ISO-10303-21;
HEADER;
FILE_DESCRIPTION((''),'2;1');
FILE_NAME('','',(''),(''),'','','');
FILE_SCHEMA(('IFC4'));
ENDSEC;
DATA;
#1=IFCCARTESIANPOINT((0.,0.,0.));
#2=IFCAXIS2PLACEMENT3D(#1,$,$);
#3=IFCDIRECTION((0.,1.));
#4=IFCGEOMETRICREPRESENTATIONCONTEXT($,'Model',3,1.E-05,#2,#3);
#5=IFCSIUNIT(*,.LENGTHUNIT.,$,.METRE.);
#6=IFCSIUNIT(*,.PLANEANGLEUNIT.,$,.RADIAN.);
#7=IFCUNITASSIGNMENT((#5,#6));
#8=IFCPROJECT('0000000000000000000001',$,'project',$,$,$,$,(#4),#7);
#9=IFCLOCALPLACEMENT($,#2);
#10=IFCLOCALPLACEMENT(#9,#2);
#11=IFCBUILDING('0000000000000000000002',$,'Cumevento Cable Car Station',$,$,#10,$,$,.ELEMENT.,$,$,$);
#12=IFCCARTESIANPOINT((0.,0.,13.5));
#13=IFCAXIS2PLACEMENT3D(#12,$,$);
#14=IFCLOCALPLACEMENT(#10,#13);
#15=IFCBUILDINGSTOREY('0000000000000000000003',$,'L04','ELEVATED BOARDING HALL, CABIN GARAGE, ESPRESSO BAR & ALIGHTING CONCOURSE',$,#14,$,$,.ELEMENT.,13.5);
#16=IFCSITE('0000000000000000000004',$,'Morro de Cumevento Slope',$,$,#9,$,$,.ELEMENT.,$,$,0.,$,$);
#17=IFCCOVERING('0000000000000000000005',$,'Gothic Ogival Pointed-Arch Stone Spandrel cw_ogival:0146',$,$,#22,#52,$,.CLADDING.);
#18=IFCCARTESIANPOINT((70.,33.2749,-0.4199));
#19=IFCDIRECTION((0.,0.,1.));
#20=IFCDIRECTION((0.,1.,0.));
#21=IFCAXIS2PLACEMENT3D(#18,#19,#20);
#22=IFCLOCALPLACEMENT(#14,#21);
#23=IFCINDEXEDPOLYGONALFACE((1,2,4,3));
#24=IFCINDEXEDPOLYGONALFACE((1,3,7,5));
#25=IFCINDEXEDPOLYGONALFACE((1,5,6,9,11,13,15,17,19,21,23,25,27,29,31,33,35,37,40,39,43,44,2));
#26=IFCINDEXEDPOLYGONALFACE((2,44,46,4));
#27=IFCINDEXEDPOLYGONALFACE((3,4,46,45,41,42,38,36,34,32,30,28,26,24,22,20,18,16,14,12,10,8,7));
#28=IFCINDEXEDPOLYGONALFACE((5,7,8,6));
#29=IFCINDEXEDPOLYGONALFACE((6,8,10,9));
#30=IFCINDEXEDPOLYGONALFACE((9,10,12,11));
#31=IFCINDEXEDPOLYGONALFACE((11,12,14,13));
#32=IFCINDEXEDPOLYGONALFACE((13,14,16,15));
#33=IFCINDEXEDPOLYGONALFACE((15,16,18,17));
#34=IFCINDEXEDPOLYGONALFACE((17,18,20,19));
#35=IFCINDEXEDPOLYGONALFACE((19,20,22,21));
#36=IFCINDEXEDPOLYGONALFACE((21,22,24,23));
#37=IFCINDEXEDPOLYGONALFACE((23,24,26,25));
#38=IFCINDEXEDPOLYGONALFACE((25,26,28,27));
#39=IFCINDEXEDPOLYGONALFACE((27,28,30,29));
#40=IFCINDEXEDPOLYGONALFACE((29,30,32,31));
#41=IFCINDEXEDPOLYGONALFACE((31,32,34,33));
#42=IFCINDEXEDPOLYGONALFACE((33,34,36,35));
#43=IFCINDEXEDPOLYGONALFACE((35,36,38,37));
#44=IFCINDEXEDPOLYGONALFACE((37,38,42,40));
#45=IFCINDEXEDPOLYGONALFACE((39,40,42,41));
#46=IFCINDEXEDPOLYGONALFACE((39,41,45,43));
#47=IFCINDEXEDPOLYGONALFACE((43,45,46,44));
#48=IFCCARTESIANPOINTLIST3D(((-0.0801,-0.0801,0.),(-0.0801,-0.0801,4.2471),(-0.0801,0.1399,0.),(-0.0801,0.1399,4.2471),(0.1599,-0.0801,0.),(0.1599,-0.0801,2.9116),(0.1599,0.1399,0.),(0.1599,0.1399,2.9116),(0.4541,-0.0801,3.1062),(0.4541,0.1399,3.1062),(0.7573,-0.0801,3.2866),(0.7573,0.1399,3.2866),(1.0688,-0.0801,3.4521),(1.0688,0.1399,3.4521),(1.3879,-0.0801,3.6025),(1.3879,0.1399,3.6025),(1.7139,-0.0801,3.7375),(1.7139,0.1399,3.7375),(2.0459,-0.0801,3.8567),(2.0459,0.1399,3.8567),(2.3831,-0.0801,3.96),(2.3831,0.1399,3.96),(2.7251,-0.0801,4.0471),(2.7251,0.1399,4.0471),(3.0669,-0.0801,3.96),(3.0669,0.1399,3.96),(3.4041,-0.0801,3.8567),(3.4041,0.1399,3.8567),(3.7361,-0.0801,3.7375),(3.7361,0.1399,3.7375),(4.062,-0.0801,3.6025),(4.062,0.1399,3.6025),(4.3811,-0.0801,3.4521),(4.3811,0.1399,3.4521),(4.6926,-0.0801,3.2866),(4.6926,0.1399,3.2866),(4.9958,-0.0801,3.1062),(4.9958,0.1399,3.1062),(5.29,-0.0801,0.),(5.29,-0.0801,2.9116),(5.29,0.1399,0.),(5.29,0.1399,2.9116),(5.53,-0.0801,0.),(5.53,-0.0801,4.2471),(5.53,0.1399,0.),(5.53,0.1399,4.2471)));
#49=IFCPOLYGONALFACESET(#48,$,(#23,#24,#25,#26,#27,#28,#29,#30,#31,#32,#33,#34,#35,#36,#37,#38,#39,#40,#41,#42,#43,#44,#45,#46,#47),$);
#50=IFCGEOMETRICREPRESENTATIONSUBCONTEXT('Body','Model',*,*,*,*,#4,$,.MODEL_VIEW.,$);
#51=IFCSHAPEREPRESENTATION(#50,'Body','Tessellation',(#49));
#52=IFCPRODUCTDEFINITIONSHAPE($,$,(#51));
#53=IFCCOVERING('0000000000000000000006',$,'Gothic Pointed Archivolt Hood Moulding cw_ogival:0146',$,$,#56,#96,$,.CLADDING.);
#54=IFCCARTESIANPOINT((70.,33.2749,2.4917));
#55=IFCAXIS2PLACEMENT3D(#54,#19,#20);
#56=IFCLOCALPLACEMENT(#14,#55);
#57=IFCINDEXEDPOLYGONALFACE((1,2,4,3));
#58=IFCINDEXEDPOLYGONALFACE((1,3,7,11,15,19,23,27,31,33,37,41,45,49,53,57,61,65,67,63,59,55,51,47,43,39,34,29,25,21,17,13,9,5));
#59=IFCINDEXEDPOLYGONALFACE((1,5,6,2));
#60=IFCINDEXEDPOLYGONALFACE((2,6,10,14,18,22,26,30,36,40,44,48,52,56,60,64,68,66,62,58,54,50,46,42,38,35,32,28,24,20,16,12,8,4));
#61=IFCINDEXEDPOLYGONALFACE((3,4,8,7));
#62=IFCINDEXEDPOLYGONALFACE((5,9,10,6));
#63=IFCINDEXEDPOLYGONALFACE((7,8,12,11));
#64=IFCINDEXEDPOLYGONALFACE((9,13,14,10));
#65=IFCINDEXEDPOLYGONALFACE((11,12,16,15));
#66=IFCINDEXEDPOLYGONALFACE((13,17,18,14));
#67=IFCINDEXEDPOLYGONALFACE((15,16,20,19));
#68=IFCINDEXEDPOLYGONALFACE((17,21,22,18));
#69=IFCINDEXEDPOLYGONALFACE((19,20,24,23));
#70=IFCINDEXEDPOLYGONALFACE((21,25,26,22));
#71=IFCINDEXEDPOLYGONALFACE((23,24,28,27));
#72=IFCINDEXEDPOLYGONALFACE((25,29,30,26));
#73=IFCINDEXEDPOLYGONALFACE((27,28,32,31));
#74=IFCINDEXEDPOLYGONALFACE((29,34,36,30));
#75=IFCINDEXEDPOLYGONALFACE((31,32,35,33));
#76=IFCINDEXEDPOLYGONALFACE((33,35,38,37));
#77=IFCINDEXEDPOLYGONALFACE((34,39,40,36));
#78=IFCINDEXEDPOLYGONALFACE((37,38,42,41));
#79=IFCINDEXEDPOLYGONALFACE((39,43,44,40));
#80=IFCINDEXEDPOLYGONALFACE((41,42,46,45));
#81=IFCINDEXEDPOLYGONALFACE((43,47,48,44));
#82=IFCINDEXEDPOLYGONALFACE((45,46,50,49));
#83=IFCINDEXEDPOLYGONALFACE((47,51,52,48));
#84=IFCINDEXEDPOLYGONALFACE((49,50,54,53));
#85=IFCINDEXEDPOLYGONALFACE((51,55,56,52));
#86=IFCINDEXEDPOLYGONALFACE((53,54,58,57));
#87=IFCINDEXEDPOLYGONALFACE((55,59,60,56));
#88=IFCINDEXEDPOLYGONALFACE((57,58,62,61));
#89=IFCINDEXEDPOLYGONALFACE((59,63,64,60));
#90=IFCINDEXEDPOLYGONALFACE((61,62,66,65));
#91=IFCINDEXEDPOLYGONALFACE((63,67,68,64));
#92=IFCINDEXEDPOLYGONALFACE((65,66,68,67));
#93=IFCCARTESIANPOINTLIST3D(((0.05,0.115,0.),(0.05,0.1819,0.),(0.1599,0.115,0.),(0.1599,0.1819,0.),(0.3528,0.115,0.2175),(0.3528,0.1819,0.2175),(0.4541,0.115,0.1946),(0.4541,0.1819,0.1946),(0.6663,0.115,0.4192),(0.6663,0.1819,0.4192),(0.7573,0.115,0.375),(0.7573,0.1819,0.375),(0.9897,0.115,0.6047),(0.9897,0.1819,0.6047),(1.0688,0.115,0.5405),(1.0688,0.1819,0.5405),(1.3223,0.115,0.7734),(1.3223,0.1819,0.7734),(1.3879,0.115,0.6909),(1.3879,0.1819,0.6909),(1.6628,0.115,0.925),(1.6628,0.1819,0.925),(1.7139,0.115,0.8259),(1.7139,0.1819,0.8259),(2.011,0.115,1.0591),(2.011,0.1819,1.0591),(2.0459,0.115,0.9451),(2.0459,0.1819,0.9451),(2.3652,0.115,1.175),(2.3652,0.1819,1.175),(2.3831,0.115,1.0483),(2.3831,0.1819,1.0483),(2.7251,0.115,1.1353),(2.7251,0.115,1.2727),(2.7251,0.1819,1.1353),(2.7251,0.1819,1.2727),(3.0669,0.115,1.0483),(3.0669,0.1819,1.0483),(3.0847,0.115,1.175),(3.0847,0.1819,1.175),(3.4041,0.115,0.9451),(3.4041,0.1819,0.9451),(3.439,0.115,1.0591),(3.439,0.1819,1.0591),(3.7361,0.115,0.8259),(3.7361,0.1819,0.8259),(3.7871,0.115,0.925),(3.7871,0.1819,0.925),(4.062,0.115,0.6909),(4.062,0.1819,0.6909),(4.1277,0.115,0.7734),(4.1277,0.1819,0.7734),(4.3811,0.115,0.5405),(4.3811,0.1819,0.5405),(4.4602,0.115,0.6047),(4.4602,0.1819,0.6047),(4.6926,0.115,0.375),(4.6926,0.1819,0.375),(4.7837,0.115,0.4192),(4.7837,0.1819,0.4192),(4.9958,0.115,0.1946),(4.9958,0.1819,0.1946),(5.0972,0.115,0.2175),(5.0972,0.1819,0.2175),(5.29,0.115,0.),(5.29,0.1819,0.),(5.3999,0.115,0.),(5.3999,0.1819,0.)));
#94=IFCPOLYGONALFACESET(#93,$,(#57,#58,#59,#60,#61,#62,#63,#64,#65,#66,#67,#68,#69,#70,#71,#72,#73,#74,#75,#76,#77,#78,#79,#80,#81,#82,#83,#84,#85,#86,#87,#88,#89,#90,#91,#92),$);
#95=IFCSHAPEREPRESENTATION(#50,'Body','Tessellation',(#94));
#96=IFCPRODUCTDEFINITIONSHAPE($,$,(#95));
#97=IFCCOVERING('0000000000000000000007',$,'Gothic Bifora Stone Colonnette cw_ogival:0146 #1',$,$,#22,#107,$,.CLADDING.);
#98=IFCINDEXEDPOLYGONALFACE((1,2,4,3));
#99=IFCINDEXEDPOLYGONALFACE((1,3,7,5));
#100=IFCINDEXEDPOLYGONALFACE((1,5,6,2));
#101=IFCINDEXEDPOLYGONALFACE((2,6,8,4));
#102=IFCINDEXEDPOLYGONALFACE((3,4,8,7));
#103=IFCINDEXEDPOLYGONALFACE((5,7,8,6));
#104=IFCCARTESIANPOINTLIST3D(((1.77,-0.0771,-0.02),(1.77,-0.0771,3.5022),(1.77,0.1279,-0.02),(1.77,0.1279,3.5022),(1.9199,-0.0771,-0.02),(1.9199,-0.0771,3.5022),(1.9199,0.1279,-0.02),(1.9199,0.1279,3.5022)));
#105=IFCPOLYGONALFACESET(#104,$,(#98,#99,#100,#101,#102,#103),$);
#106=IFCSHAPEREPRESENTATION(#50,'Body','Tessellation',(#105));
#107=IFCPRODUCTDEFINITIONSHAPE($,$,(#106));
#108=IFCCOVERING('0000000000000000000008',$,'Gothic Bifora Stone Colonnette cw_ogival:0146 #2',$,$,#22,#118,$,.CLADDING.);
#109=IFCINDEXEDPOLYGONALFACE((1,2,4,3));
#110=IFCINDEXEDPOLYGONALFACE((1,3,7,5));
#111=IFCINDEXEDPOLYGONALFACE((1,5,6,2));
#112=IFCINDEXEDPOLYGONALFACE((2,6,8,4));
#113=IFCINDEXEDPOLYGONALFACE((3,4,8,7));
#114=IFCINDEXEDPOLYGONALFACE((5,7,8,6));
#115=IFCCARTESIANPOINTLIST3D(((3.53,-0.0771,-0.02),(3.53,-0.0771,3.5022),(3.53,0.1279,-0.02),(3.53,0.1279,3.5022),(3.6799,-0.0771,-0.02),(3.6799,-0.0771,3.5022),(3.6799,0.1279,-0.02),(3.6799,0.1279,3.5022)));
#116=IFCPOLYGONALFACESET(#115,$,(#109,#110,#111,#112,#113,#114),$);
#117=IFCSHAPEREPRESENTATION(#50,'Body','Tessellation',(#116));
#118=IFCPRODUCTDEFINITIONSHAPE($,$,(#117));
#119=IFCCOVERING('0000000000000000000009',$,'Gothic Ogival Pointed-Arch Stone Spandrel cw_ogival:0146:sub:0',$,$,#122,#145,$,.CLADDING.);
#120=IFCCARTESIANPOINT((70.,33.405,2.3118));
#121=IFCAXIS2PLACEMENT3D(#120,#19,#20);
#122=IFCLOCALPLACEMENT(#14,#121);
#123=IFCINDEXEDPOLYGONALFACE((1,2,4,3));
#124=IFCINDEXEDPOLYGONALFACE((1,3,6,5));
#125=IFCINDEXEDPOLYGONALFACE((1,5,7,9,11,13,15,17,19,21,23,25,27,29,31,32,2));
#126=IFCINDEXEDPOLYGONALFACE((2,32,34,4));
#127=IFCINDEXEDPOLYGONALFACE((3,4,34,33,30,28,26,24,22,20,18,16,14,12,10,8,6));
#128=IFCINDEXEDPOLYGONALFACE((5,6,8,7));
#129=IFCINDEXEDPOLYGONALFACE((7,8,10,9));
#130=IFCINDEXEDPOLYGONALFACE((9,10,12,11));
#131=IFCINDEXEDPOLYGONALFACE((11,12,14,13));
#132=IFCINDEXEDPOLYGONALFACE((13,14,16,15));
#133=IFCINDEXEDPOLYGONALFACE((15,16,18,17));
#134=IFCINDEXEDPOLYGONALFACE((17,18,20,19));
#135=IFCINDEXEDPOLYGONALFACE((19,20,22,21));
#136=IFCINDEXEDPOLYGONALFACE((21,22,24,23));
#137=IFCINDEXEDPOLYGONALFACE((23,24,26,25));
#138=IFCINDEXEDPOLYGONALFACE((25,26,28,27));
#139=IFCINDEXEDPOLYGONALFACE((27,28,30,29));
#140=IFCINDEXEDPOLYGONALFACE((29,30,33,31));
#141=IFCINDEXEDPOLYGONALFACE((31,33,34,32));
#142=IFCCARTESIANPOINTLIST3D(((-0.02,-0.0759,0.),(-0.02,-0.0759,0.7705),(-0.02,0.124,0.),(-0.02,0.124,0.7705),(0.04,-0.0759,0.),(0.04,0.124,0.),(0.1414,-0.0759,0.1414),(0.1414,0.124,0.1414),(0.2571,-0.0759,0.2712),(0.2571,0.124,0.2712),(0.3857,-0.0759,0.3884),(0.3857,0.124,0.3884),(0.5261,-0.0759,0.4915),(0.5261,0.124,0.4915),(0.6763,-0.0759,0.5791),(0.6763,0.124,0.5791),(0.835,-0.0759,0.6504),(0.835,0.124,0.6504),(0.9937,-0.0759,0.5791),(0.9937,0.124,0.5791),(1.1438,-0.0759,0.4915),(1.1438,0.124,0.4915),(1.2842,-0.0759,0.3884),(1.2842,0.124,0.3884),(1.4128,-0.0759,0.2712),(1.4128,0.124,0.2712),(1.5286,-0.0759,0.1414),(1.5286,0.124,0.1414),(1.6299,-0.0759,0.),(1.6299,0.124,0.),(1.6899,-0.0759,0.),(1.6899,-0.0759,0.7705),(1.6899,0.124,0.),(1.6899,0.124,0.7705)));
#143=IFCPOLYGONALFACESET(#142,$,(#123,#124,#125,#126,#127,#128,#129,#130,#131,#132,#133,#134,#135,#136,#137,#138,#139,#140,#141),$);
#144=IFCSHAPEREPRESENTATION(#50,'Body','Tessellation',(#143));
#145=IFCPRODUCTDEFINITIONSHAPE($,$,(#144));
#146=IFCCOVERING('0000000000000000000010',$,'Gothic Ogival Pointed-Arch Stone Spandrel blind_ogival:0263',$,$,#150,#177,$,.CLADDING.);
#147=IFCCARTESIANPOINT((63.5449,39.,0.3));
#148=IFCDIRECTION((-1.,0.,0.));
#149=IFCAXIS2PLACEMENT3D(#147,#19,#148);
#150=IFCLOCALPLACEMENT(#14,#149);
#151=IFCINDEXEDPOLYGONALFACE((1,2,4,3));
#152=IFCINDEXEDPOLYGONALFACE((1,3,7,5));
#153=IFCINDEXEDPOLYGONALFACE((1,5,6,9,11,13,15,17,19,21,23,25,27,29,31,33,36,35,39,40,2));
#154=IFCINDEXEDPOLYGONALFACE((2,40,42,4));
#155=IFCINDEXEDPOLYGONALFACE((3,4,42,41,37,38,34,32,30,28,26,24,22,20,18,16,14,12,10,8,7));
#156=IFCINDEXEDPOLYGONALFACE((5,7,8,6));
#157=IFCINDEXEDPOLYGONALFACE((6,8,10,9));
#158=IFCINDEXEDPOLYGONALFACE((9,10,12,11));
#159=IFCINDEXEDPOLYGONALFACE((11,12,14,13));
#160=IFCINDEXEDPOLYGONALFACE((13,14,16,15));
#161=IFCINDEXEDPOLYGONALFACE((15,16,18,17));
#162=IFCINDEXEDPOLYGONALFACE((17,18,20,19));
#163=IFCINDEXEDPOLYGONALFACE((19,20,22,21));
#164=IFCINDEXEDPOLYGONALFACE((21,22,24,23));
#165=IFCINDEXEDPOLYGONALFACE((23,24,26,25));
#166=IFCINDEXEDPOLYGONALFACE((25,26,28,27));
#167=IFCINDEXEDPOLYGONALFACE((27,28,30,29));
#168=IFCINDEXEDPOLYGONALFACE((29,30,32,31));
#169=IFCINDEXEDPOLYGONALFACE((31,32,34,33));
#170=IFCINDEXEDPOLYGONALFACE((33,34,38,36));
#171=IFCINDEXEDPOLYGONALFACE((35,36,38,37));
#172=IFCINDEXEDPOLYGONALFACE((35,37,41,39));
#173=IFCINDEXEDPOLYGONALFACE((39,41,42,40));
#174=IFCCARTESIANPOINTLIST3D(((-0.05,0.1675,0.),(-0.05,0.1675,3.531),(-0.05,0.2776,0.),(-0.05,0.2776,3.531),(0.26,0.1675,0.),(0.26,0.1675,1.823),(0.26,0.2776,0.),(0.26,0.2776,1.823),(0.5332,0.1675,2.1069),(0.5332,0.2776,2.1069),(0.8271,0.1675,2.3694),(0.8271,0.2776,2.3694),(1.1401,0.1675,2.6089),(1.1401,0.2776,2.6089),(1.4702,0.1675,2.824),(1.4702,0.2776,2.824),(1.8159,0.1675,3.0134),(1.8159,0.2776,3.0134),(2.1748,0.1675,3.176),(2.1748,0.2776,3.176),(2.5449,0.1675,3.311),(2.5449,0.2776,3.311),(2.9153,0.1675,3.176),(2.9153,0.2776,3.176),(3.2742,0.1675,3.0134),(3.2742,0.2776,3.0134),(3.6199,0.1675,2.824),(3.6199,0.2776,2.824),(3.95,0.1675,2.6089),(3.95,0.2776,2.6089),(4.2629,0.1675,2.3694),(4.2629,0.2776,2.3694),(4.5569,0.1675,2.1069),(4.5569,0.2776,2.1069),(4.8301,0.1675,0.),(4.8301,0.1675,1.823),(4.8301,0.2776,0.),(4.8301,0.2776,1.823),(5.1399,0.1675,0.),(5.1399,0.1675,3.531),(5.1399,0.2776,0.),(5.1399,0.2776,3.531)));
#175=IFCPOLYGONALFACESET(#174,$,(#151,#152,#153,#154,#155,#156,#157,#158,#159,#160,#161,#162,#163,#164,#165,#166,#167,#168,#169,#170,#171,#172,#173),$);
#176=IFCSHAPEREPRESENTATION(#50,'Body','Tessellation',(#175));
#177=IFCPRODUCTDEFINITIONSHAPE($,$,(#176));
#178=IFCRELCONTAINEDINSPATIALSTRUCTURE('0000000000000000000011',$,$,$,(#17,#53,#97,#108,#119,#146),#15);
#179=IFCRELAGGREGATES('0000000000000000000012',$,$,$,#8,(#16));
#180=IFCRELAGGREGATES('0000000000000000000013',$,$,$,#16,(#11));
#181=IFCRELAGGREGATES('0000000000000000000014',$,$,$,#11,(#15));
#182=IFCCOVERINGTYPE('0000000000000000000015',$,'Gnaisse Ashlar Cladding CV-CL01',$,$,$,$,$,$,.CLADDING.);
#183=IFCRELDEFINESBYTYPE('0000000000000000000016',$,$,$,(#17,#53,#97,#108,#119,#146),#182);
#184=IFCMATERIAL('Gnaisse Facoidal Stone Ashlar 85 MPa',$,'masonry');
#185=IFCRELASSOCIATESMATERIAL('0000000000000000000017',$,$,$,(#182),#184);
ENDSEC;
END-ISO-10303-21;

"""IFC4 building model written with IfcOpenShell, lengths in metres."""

from ifc_helpers import new_model, si_unit, direction, frame, origin, place, context, subcontext, project, spatial, polyline, outline, extrude, material, type_object, element, save


model = new_model("IFC4")

# Units and contexts
model_context = context("Model", 3, precision=1e-05, world=origin(), true_north=direction((0.0, 1.0)))
body_context = subcontext(model_context, "Body", "Model", "MODEL_VIEW")
ifc_project = project(units=[si_unit("LENGTHUNIT", "METRE"), si_unit("PLANEANGLEUNIT", "RADIAN")], contexts=[model_context])

# Site, building, storey
site_placement = place(None, origin())
site = spatial("IfcSite", under=ifc_project, at=site_placement, Name="Morro de Cumevento Slope", CompositionType="ELEMENT", RefElevation=0.0)
building_placement = place(site_placement, origin())
building = spatial("IfcBuilding", under=site, at=building_placement, Name="Cumevento Cable Car Station", CompositionType="ELEMENT")
storey_placement = place(building_placement, frame((0.0, 0.0, 13.5)))
storey = spatial("IfcBuildingStorey", under=building, at=storey_placement, Name="L04", Description="ELEVATED BOARDING HALL, CABIN GARAGE, ESPRESSO BAR & ALIGHTING CONCOURSE", CompositionType="ELEMENT", Elevation=13.5)

# Coverings
ifc_material_1 = material(Name="Gnaisse Facoidal Stone Ashlar 85 MPa", Category="masonry")
covering_type_1 = type_object("IfcCoveringType", Name="Gnaisse Ashlar Cladding CV-CL01", PredefinedType="CLADDING", material=ifc_material_1)
placement = place(storey_placement, frame((70.0, 33.2749, -0.4199), z_axis=(0.0, 0.0, 1.0), x_axis=(0.0, 1.0, 0.0)))
element("IfcCovering", 1, at=placement, inside=storey, type_object=covering_type_1, Name="Gothic Ogival Pointed-Arch Stone Spandrel cw_ogival:0146", PredefinedType="CLADDING", context=body_context, shape_type="SweptSolid", body=[
    extrude(outline(polyline([(-0.0801, 0.0), (-0.0801, 4.2471), (5.53, 4.2471), (5.53, 0.0), (5.29, 0.0), (5.29, 2.9116), (4.9958, 3.1062), (4.6926, 3.2866), (4.3811, 3.4521), (4.062, 3.6025), (3.7361, 3.7375), (3.4041, 3.8567), (3.0669, 3.96), (2.7251, 4.0471), (2.3831, 3.96), (2.0459, 3.8567), (1.7139, 3.7375), (1.3879, 3.6025), (1.0688, 3.4521), (0.7573, 3.2866), (0.4541, 3.1062), (0.1599, 2.9116), (0.1599, 0.0), (-0.0801, 0.0)])), frame((0.0, 0.1399, 0.0), z_axis=(0.0, -1.0, 0.0), x_axis=(1.0, 0.0, 0.0)), (0.0, 0.0, 1.0), 0.22),
])
covering_1_placement = place(storey_placement, frame((70.0, 33.2749, 2.4917), z_axis=(0.0, 0.0, 1.0), x_axis=(0.0, 1.0, 0.0)))
element("IfcCovering", 2, at=covering_1_placement, inside=storey, type_object=covering_type_1, Name="Gothic Pointed Archivolt Hood Moulding cw_ogival:0146", PredefinedType="CLADDING", context=body_context, shape_type="SweptSolid", body=[
    extrude(outline(polyline([(0.1599, 0.0), (0.4541, 0.1946), (0.7573, 0.375), (1.0688, 0.5405), (1.3879, 0.6909), (1.7139, 0.8259), (2.0459, 0.9451), (2.3831, 1.0483), (2.7251, 1.1353), (3.0669, 1.0483), (3.4041, 0.9451), (3.7361, 0.8259), (4.062, 0.6909), (4.3811, 0.5405), (4.6926, 0.375), (4.9958, 0.1946), (5.29, 0.0), (5.3999, 0.0), (5.0972, 0.2175), (4.7837, 0.4192), (4.4602, 0.6047), (4.1277, 0.7734), (3.7871, 0.925), (3.439, 1.0591), (3.0847, 1.175), (2.7251, 1.2727), (2.3652, 1.175), (2.011, 1.0591), (1.6628, 0.925), (1.3223, 0.7734), (0.9897, 0.6047), (0.6663, 0.4192), (0.3528, 0.2175), (0.05, 0.0), (0.1599, 0.0)])), frame((0.0, 0.1819, 0.0), z_axis=(0.0, -1.0, 0.0), x_axis=(1.0, 0.0, 0.0)), (0.0, 0.0, 1.0), 0.0669),
])
element("IfcCovering", 3, at=placement, inside=storey, type_object=covering_type_1, Name="Gothic Bifora Stone Colonnette cw_ogival:0146 #1", PredefinedType="CLADDING", context=body_context, shape_type="SweptSolid", body=[
    extrude(outline(polyline([(1.77, -0.02), (1.9199, -0.02), (1.9199, 3.5022), (1.77, 3.5022), (1.77, -0.02)])), frame((0.0, 0.1279, 0.0), z_axis=(0.0, -1.0, 0.0), x_axis=(1.0, 0.0, 0.0)), (0.0, 0.0, 1.0), 0.2051),
])
element("IfcCovering", 4, at=placement, inside=storey, type_object=covering_type_1, Name="Gothic Bifora Stone Colonnette cw_ogival:0146 #2", PredefinedType="CLADDING", context=body_context, shape_type="SweptSolid", body=[
    extrude(outline(polyline([(3.53, -0.02), (3.6799, -0.02), (3.6799, 3.5022), (3.53, 3.5022), (3.53, -0.02)])), frame((0.0, 0.1279, 0.0), z_axis=(0.0, -1.0, 0.0), x_axis=(1.0, 0.0, 0.0)), (0.0, 0.0, 1.0), 0.2051),
])
covering_2_placement = place(storey_placement, frame((70.0, 33.405, 2.3118), z_axis=(0.0, 0.0, 1.0), x_axis=(0.0, 1.0, 0.0)))
element("IfcCovering", 5, at=covering_2_placement, inside=storey, type_object=covering_type_1, Name="Gothic Ogival Pointed-Arch Stone Spandrel cw_ogival:0146:sub:0", PredefinedType="CLADDING", context=body_context, shape_type="SweptSolid", body=[
    extrude(outline(polyline([(-0.02, 0.0), (-0.02, 0.7705), (1.6899, 0.7705), (1.6899, 0.0), (1.6299, 0.0), (1.5286, 0.1414), (1.4128, 0.2712), (1.2842, 0.3884), (1.1438, 0.4915), (0.9937, 0.5791), (0.835, 0.6504), (0.6763, 0.5791), (0.5261, 0.4915), (0.3857, 0.3884), (0.2571, 0.2712), (0.1414, 0.1414), (0.04, 0.0), (-0.02, 0.0)])), frame((0.0, 0.124, 0.0), z_axis=(0.0, -1.0, 0.0), x_axis=(1.0, 0.0, 0.0)), (0.0, 0.0, 1.0), 0.2),
])
covering_3_placement = place(storey_placement, frame((63.5449, 39.0, 0.3), z_axis=(0.0, 0.0, 1.0), x_axis=(-1.0, 0.0, 0.0)))
element("IfcCovering", 6, at=covering_3_placement, inside=storey, type_object=covering_type_1, Name="Gothic Ogival Pointed-Arch Stone Spandrel blind_ogival:0263", PredefinedType="CLADDING", context=body_context, shape_type="SweptSolid", body=[
    extrude(outline(polyline([(-0.05, 0.0), (-0.05, 3.531), (5.1399, 3.531), (5.1399, 0.0), (4.8301, 0.0), (4.8301, 1.823), (4.5569, 2.1069), (4.2629, 2.3694), (3.95, 2.6089), (3.6199, 2.824), (3.2742, 3.0134), (2.9153, 3.176), (2.5449, 3.311), (2.1748, 3.176), (1.8159, 3.0134), (1.4702, 2.824), (1.1401, 2.6089), (0.8271, 2.3694), (0.5332, 2.1069), (0.26, 1.823), (0.26, 0.0), (-0.05, 0.0)])), frame((0.0, 0.2776, 0.0), z_axis=(0.0, -1.0, 0.0), x_axis=(1.0, 0.0, 0.0)), (0.0, 0.0, 1.0), 0.1101),
])

save(model, "model.ifc")
